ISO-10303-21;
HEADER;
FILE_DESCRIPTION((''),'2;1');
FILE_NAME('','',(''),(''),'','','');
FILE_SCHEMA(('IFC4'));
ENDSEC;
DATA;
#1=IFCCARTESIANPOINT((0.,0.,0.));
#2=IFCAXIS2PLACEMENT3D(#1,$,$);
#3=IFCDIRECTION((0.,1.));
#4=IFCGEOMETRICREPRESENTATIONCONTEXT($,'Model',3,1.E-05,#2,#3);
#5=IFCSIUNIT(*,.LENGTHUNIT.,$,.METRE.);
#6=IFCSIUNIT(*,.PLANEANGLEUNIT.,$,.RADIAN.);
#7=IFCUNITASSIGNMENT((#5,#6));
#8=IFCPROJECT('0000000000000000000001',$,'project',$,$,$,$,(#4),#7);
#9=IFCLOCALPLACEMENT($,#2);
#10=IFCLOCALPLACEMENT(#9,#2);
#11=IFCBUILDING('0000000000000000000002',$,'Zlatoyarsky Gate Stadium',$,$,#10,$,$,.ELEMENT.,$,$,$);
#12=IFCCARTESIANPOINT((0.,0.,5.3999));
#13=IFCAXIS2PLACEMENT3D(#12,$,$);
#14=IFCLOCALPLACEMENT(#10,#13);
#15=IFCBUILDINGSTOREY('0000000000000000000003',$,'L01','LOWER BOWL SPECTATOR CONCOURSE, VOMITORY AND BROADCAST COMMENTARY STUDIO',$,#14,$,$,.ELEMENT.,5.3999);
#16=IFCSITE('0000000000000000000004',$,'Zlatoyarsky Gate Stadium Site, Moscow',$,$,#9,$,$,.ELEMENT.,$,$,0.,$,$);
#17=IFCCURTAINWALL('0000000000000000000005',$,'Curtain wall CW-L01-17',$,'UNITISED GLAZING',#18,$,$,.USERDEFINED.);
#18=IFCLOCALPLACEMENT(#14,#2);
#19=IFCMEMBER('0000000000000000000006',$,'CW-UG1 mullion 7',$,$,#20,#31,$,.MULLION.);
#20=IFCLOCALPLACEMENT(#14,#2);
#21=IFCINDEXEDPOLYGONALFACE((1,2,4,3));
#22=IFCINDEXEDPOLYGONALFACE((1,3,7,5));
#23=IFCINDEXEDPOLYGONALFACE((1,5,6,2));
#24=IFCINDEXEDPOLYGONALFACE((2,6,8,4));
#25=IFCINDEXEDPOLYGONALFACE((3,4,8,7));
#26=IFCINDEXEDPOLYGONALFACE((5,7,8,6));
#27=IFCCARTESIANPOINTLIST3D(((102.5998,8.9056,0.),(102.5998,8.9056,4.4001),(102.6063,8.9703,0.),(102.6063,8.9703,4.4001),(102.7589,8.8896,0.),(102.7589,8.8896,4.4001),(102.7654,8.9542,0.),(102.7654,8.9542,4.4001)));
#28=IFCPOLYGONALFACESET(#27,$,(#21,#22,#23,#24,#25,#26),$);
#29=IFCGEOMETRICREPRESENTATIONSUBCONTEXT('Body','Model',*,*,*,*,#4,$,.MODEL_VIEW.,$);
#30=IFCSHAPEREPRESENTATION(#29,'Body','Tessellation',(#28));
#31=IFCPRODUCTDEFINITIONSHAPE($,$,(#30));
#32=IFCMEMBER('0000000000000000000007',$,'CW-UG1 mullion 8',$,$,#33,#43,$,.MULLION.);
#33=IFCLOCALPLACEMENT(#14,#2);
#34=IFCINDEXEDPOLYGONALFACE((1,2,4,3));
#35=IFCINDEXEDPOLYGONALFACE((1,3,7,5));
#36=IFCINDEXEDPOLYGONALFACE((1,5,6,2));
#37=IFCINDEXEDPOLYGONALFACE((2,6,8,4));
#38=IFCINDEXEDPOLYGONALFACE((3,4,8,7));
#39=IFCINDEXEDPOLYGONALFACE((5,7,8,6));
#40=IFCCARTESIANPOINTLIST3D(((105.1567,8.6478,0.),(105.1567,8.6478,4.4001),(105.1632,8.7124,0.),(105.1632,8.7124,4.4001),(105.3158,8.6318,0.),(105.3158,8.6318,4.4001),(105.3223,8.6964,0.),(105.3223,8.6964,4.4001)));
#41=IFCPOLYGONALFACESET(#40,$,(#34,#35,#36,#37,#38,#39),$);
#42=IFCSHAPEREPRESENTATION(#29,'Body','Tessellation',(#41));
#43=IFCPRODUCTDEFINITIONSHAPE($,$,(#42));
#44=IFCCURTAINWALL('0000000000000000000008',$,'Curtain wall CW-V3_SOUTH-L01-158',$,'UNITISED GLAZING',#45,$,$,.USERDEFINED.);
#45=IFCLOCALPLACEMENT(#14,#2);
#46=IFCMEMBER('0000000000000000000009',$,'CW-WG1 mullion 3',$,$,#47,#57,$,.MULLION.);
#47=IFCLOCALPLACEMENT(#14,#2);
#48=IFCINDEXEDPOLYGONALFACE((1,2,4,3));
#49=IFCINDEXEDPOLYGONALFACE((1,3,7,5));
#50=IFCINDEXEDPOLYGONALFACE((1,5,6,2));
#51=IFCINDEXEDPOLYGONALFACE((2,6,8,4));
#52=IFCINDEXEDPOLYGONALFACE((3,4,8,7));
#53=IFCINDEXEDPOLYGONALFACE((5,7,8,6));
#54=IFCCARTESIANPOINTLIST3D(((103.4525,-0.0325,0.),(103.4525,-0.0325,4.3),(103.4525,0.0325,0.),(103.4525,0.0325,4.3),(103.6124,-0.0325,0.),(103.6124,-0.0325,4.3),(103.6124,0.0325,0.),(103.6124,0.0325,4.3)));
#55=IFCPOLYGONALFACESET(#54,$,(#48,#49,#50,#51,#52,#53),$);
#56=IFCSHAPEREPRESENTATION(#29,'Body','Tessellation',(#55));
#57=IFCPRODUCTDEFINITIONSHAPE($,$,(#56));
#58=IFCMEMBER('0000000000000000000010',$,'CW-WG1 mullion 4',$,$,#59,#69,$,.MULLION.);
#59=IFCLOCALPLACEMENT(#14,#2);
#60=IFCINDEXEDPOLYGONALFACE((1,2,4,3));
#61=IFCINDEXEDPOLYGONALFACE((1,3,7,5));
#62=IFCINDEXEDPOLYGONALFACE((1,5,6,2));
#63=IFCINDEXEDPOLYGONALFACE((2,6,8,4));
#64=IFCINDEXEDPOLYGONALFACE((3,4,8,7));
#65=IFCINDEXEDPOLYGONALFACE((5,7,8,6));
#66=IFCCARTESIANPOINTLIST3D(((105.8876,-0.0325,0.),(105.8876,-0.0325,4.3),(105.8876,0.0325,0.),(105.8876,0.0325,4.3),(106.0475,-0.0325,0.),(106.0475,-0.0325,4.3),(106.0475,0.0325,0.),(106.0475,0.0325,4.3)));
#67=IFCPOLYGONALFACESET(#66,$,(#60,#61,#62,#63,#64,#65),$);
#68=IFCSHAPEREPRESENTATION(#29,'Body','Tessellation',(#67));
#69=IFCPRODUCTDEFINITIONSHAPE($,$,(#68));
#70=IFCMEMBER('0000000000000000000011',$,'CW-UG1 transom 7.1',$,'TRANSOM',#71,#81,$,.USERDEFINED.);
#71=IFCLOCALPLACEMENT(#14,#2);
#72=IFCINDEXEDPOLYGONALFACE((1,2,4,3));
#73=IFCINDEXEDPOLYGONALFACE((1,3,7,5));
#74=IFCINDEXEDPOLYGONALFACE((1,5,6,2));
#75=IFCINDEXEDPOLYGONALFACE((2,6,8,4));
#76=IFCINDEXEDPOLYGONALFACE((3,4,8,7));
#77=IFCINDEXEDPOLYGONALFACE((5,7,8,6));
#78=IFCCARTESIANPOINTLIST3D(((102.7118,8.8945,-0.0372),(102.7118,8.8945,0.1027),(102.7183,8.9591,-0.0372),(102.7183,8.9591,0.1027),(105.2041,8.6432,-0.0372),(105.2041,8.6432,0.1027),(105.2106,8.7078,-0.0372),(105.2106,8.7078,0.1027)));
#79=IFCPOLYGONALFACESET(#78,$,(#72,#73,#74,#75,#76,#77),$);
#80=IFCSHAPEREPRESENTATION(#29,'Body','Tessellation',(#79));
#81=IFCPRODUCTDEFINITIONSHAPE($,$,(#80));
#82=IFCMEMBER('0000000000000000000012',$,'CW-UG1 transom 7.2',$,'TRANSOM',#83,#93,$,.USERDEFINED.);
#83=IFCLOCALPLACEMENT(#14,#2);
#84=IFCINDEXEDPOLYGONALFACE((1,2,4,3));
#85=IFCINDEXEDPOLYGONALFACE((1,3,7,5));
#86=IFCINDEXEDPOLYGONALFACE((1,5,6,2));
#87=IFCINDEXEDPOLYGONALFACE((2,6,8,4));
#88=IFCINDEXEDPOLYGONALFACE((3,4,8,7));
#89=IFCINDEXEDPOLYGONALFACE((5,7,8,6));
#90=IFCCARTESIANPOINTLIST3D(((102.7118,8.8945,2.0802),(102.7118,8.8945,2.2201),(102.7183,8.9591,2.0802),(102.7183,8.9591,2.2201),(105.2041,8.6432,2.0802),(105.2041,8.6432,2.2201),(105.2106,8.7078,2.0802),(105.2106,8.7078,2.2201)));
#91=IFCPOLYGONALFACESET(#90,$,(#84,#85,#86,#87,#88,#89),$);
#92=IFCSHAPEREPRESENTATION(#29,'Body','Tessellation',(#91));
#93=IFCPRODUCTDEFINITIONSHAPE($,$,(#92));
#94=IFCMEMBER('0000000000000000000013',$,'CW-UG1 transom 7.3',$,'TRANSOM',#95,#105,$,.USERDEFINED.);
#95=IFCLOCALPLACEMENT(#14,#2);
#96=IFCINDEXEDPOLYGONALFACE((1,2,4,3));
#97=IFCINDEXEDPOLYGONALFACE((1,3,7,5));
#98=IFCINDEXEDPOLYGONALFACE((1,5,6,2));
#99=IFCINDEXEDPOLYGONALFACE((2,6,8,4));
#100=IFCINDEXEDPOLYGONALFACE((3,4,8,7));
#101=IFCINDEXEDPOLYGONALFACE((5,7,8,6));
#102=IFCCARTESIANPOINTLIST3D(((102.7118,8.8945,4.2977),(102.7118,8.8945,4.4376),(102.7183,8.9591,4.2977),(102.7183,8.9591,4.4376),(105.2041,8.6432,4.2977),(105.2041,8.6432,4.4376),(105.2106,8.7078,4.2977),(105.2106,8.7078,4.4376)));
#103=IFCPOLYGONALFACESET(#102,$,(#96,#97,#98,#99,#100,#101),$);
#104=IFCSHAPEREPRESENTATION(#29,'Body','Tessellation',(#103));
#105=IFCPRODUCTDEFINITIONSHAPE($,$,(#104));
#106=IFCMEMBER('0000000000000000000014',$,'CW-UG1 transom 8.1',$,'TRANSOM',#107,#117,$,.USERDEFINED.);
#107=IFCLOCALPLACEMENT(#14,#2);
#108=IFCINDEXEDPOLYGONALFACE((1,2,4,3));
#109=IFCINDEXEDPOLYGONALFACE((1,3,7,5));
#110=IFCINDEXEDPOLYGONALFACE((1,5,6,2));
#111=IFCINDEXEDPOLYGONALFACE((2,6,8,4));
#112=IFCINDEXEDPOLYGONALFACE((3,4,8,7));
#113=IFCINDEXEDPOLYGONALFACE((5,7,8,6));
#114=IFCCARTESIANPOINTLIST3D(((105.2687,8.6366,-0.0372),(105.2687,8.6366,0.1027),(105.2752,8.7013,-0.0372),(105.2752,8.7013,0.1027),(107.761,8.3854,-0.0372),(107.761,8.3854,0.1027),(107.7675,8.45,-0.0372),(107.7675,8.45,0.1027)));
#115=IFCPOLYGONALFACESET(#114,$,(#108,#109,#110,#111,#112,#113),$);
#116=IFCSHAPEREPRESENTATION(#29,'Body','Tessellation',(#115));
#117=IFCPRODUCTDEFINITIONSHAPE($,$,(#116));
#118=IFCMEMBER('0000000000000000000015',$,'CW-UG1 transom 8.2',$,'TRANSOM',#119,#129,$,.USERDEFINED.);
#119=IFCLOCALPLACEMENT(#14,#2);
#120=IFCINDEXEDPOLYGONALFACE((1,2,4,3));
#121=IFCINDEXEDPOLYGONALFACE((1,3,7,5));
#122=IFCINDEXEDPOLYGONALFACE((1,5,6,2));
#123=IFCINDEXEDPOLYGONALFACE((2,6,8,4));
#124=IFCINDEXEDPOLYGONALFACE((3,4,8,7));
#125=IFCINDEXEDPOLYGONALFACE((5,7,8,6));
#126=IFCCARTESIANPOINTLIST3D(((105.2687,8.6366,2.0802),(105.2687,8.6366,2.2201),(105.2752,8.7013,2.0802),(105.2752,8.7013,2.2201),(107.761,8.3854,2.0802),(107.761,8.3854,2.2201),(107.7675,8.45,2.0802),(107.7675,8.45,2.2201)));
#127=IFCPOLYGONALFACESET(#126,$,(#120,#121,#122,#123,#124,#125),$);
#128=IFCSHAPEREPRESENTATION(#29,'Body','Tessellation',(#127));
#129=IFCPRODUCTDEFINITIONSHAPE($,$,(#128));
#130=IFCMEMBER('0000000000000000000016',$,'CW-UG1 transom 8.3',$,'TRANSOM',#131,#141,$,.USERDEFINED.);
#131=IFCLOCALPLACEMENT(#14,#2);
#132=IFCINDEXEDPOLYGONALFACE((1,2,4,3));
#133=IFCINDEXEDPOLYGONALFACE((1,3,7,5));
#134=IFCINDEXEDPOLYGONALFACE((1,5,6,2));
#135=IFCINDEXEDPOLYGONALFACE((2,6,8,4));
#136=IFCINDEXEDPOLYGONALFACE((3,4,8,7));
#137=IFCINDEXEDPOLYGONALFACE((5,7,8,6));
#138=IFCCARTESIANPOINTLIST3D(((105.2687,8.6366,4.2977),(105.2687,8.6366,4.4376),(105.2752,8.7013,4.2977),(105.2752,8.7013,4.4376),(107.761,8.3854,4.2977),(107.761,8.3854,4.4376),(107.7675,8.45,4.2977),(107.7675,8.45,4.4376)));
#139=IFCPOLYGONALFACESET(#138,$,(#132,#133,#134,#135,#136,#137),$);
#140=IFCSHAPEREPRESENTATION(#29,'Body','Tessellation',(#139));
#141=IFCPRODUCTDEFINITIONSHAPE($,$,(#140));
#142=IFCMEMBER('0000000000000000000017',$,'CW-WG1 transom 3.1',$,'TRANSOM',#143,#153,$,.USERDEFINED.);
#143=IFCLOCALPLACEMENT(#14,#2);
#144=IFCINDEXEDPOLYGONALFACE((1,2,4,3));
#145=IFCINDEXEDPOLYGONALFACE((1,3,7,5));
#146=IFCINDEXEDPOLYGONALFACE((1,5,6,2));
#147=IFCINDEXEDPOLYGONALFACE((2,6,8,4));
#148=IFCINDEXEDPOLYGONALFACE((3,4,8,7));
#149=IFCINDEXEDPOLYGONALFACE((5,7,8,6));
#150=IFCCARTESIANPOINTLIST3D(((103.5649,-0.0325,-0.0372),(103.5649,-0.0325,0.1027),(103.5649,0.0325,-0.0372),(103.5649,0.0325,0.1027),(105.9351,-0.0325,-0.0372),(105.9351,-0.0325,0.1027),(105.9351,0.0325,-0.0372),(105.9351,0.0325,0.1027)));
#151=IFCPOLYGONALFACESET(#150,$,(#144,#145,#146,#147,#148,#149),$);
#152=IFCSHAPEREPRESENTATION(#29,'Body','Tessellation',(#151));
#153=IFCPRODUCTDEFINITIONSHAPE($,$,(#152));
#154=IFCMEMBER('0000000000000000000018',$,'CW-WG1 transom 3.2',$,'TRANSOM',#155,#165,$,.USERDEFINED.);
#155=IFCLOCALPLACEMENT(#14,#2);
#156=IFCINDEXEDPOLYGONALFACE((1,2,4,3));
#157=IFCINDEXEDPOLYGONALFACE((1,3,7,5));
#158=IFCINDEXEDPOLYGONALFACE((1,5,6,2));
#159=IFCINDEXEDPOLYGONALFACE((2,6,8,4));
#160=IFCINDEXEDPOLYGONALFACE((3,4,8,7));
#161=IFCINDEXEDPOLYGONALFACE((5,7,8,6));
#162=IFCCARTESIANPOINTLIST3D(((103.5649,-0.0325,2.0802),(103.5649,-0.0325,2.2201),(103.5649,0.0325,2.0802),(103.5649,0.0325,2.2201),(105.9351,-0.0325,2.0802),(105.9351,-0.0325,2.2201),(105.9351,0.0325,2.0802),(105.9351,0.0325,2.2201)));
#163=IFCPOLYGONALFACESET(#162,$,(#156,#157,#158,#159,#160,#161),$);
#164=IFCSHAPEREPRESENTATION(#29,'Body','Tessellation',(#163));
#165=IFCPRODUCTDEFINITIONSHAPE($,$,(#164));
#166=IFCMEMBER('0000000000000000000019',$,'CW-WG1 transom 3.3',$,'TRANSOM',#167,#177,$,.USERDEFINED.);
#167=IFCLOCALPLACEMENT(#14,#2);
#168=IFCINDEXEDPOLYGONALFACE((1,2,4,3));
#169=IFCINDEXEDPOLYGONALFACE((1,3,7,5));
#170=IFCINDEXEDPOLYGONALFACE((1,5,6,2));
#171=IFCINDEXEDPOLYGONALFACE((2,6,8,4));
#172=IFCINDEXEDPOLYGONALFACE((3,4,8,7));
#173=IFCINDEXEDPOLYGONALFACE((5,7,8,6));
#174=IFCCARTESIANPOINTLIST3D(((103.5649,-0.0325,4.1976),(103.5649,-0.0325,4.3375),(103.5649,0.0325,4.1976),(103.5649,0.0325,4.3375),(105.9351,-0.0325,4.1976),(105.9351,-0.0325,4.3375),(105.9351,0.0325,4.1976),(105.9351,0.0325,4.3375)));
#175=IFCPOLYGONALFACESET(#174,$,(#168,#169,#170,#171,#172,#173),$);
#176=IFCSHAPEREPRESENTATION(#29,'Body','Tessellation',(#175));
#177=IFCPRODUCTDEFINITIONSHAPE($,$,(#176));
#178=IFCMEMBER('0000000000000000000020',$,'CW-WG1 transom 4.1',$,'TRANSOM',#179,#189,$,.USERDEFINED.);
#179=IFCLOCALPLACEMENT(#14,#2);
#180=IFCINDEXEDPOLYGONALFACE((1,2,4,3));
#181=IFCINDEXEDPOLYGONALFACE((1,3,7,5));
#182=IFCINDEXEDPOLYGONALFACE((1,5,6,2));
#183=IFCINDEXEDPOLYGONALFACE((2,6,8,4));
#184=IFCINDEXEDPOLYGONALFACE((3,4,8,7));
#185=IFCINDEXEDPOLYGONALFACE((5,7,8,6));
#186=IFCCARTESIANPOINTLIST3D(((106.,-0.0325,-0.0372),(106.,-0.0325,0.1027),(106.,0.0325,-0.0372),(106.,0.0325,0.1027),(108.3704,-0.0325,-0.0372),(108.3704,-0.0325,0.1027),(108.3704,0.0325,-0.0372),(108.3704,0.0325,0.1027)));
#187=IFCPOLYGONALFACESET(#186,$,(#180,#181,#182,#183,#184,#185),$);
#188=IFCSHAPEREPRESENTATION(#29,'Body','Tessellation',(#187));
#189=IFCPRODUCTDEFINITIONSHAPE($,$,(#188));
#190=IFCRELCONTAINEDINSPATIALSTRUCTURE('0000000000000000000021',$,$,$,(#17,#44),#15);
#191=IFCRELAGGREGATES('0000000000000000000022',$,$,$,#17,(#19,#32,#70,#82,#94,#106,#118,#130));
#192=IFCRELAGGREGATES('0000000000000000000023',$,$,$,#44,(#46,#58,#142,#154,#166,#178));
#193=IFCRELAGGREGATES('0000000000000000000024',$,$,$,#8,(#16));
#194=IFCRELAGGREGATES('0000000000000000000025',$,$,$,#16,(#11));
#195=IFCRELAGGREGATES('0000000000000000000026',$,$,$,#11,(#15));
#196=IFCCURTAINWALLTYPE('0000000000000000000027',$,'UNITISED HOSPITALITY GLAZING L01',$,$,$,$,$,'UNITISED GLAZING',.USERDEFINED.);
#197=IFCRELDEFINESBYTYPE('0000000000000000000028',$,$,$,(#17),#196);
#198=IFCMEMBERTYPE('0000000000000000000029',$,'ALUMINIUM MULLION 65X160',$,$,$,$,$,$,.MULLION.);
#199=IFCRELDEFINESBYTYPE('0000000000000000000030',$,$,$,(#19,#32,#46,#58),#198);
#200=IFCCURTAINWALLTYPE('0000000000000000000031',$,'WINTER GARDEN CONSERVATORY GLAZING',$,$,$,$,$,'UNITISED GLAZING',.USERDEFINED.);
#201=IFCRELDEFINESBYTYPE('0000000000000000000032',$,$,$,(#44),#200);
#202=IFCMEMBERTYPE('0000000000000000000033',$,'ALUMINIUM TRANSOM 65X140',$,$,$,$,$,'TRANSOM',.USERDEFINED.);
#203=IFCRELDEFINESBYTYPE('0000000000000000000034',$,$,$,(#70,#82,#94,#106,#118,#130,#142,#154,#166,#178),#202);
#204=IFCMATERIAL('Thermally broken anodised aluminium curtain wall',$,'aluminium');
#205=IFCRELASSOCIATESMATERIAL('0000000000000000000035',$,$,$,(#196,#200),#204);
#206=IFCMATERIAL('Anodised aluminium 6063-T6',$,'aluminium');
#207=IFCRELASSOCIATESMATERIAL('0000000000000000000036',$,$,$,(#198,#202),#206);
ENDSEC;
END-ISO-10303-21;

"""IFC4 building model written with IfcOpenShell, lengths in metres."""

from ifc_helpers import new_model, si_unit, direction, frame, origin, origin_2d, place, context, subcontext, project, spatial, rectangle, extrude, material, material_profile, profile_set, type_object, element, aggregate, save


model = new_model("IFC4")

# Units and contexts
model_context = context("Model", 3, precision=1e-05, world=origin(), true_north=direction((0.0, 1.0)))
body_context = subcontext(model_context, "Body", "Model", "MODEL_VIEW")
ifc_project = project(units=[si_unit("LENGTHUNIT", "METRE"), si_unit("PLANEANGLEUNIT", "RADIAN")], contexts=[model_context])

# Site, building, storey
site_placement = place(None, origin())
site = spatial("IfcSite", under=ifc_project, at=site_placement, Name="Zlatoyarsky Gate Stadium Site, Moscow", CompositionType="ELEMENT", RefElevation=0.0)
building_placement = place(site_placement, origin())
building = spatial("IfcBuilding", under=site, at=building_placement, Name="Zlatoyarsky Gate Stadium", CompositionType="ELEMENT")
storey_placement = place(building_placement, frame((0.0, 0.0, 5.3999)))
storey = spatial("IfcBuildingStorey", under=building, at=storey_placement, Name="L01", Description="LOWER BOWL SPECTATOR CONCOURSE, VOMITORY AND BROADCAST COMMENTARY STUDIO", CompositionType="ELEMENT", Elevation=5.3999)

# Curtain walls, members
ifc_material_1 = material(Name="Thermally broken anodised aluminium curtain wall", Category="aluminium")
curtain_wall_type_1 = type_object("IfcCurtainWallType", Name="UNITISED HOSPITALITY GLAZING L01", ElementType="UNITISED GLAZING", PredefinedType="USERDEFINED", material=ifc_material_1)
curtain_wall_1_placement = place(storey_placement, origin())
curtain_wall_1 = element("IfcCurtainWall", 1, at=curtain_wall_1_placement, inside=storey, type_object=curtain_wall_type_1, Name="Curtain wall CW-L01-17", ObjectType="UNITISED GLAZING", PredefinedType="USERDEFINED")
ifc_material_2 = material(Name="Anodised aluminium 6063-T6", Category="aluminium")
ifc_material_profile_1 = material_profile(ifc_material_2, rectangle(XDim=0.0649, YDim=0.1599, at=origin_2d()), Name="ALU 65X160")
ifc_profile_set_1 = profile_set([ifc_material_profile_1], Name="Anodised aluminium 6063-T6")
member_type_1 = type_object("IfcMemberType", Name="ALUMINIUM MULLION 65X160", PredefinedType="MULLION", material=ifc_profile_set_1)
member_1_placement = place(storey_placement, frame((102.6826, 8.9299, 0.0), z_axis=(0.0, 0.0, 1.0), x_axis=(0.1003, 0.994957, 0.0)))
member_1 = element("IfcMember", 2, at=member_1_placement, type_object=member_type_1, Name="CW-UG1 mullion 7", PredefinedType="MULLION", context=body_context, shape_type="SweptSolid", body=[
    extrude(rectangle(XDim=0.0649, YDim=0.1599, at=origin_2d()), origin(), (0.0, 0.0, 1.0), 4.4001),
])
member_2_placement = place(storey_placement, frame((105.2395, 8.6721, 0.0), z_axis=(0.0, 0.0, 1.0), x_axis=(0.1003, 0.994957, 0.0)))
member_2 = element("IfcMember", 3, at=member_2_placement, type_object=member_type_1, Name="CW-UG1 mullion 8", PredefinedType="MULLION", context=body_context, shape_type="SweptSolid", body=[
    extrude(rectangle(XDim=0.0649, YDim=0.1599, at=origin_2d()), origin(), (0.0, 0.0, 1.0), 4.4001),
])
curtain_wall_type_2 = type_object("IfcCurtainWallType", Name="WINTER GARDEN CONSERVATORY GLAZING", ElementType="UNITISED GLAZING", PredefinedType="USERDEFINED", material=ifc_material_1)
curtain_wall_2_placement = place(storey_placement, origin())
curtain_wall_2 = element("IfcCurtainWall", 4, at=curtain_wall_2_placement, inside=storey, type_object=curtain_wall_type_2, Name="Curtain wall CW-V3_SOUTH-L01-158", ObjectType="UNITISED GLAZING", PredefinedType="USERDEFINED")
member_3_placement = place(storey_placement, frame((103.5325, 0.0, 0.0), z_axis=(0.0, 0.0, 1.0), x_axis=(0.0, 1.0, 0.0)))
member_3 = element("IfcMember", 5, at=member_3_placement, type_object=member_type_1, Name="CW-WG1 mullion 3", PredefinedType="MULLION", context=body_context, shape_type="SweptSolid", body=[
    extrude(rectangle(XDim=0.0649, YDim=0.1599, at=origin_2d()), origin(), (0.0, 0.0, 1.0), 4.3),
])
member_4_placement = place(storey_placement, frame((105.9675, 0.0, 0.0), z_axis=(0.0, 0.0, 1.0), x_axis=(0.0, 1.0, 0.0)))
member_4 = element("IfcMember", 6, at=member_4_placement, type_object=member_type_1, Name="CW-WG1 mullion 4", PredefinedType="MULLION", context=body_context, shape_type="SweptSolid", body=[
    extrude(rectangle(XDim=0.0649, YDim=0.1599, at=origin_2d()), origin(), (0.0, 0.0, 1.0), 4.3),
])

# Members
ifc_material_profile_2 = material_profile(ifc_material_2, rectangle(XDim=0.0649, YDim=0.1399, at=origin_2d()), Name="ALU 65X140")
ifc_profile_set_2 = profile_set([ifc_material_profile_2], Name="Anodised aluminium 6063-T6")
member_type_2 = type_object("IfcMemberType", Name="ALUMINIUM TRANSOM 65X140", ElementType="TRANSOM", PredefinedType="USERDEFINED", material=ifc_profile_set_2)
member_5_placement = place(storey_placement, frame((102.7151, 8.9268, 0.0327), z_axis=(0.994958, -0.100295, 0.0), x_axis=(0.100295, 0.994958, 0.0)))
member_5 = element("IfcMember", 7, at=member_5_placement, type_object=member_type_2, Name="CW-UG1 transom 7.1", ObjectType="TRANSOM", PredefinedType="USERDEFINED", context=body_context, shape_type="SweptSolid", body=[
    extrude(rectangle(XDim=0.0649, YDim=0.1399, at=origin_2d()), origin(), (0.0, 0.0, 1.0), 2.5049),
])
member_6_placement = place(storey_placement, frame((102.7151, 8.9268, 2.1501), z_axis=(0.994958, -0.100295, 0.0), x_axis=(0.100295, 0.994958, 0.0)))
member_6 = element("IfcMember", 8, at=member_6_placement, type_object=member_type_2, Name="CW-UG1 transom 7.2", ObjectType="TRANSOM", PredefinedType="USERDEFINED", context=body_context, shape_type="SweptSolid", body=[
    extrude(rectangle(XDim=0.0649, YDim=0.1399, at=origin_2d()), origin(), (0.0, 0.0, 1.0), 2.5049),
])
member_7_placement = place(storey_placement, frame((102.7151, 8.9268, 4.3677), z_axis=(0.994958, -0.100295, 0.0), x_axis=(0.100295, 0.994958, 0.0)))
member_7 = element("IfcMember", 9, at=member_7_placement, type_object=member_type_2, Name="CW-UG1 transom 7.3", ObjectType="TRANSOM", PredefinedType="USERDEFINED", context=body_context, shape_type="SweptSolid", body=[
    extrude(rectangle(XDim=0.0649, YDim=0.1399, at=origin_2d()), origin(), (0.0, 0.0, 1.0), 2.5049),
])
member_8_placement = place(storey_placement, frame((105.272, 8.6689, 0.0327), z_axis=(0.994958, -0.100295, 0.0), x_axis=(0.100295, 0.994958, 0.0)))
member_8 = element("IfcMember", 10, at=member_8_placement, type_object=member_type_2, Name="CW-UG1 transom 8.1", ObjectType="TRANSOM", PredefinedType="USERDEFINED", context=body_context, shape_type="SweptSolid", body=[
    extrude(rectangle(XDim=0.0649, YDim=0.1399, at=origin_2d()), origin(), (0.0, 0.0, 1.0), 2.5049),
])
member_9_placement = place(storey_placement, frame((105.272, 8.6689, 2.1501), z_axis=(0.994958, -0.100295, 0.0), x_axis=(0.100295, 0.994958, 0.0)))
member_9 = element("IfcMember", 11, at=member_9_placement, type_object=member_type_2, Name="CW-UG1 transom 8.2", ObjectType="TRANSOM", PredefinedType="USERDEFINED", context=body_context, shape_type="SweptSolid", body=[
    extrude(rectangle(XDim=0.0649, YDim=0.1399, at=origin_2d()), origin(), (0.0, 0.0, 1.0), 2.5049),
])
member_10_placement = place(storey_placement, frame((105.272, 8.6689, 4.3677), z_axis=(0.994958, -0.100295, 0.0), x_axis=(0.100295, 0.994958, 0.0)))
member_10 = element("IfcMember", 12, at=member_10_placement, type_object=member_type_2, Name="CW-UG1 transom 8.3", ObjectType="TRANSOM", PredefinedType="USERDEFINED", context=body_context, shape_type="SweptSolid", body=[
    extrude(rectangle(XDim=0.0649, YDim=0.1399, at=origin_2d()), origin(), (0.0, 0.0, 1.0), 2.5049),
])
member_11_placement = place(storey_placement, frame((103.5649, 0.0, 0.0327), z_axis=(1.0, 0.0, 0.0), x_axis=(0.0, 1.0, 0.0)))
member_11 = element("IfcMember", 13, at=member_11_placement, type_object=member_type_2, Name="CW-WG1 transom 3.1", ObjectType="TRANSOM", PredefinedType="USERDEFINED", context=body_context, shape_type="SweptSolid", body=[
    extrude(rectangle(XDim=0.0649, YDim=0.1399, at=origin_2d()), origin(), (0.0, 0.0, 1.0), 2.3701),
])
member_12_placement = place(storey_placement, frame((103.5649, 0.0, 2.1501), z_axis=(1.0, 0.0, 0.0), x_axis=(0.0, 1.0, 0.0)))
member_12 = element("IfcMember", 14, at=member_12_placement, type_object=member_type_2, Name="CW-WG1 transom 3.2", ObjectType="TRANSOM", PredefinedType="USERDEFINED", context=body_context, shape_type="SweptSolid", body=[
    extrude(rectangle(XDim=0.0649, YDim=0.1399, at=origin_2d()), origin(), (0.0, 0.0, 1.0), 2.3701),
])
member_13_placement = place(storey_placement, frame((103.5649, 0.0, 4.2676), z_axis=(1.0, 0.0, 0.0), x_axis=(0.0, 1.0, 0.0)))
member_13 = element("IfcMember", 15, at=member_13_placement, type_object=member_type_2, Name="CW-WG1 transom 3.3", ObjectType="TRANSOM", PredefinedType="USERDEFINED", context=body_context, shape_type="SweptSolid", body=[
    extrude(rectangle(XDim=0.0649, YDim=0.1399, at=origin_2d()), origin(), (0.0, 0.0, 1.0), 2.3701),
])
member_14_placement = place(storey_placement, frame((106.0, 0.0, 0.0327), z_axis=(1.0, 0.0, 0.0), x_axis=(0.0, 1.0, 0.0)))
member_14 = element("IfcMember", 16, at=member_14_placement, type_object=member_type_2, Name="CW-WG1 transom 4.1", ObjectType="TRANSOM", PredefinedType="USERDEFINED", context=body_context, shape_type="SweptSolid", body=[
    extrude(rectangle(XDim=0.0649, YDim=0.1399, at=origin_2d()), origin(), (0.0, 0.0, 1.0), 2.3704),
])

aggregate(curtain_wall_1, [member_1, member_2, member_5, member_6, member_7, member_8, member_9, member_10])
aggregate(curtain_wall_2, [member_3, member_4, member_11, member_12, member_13, member_14])

save(model, "model.ifc")
